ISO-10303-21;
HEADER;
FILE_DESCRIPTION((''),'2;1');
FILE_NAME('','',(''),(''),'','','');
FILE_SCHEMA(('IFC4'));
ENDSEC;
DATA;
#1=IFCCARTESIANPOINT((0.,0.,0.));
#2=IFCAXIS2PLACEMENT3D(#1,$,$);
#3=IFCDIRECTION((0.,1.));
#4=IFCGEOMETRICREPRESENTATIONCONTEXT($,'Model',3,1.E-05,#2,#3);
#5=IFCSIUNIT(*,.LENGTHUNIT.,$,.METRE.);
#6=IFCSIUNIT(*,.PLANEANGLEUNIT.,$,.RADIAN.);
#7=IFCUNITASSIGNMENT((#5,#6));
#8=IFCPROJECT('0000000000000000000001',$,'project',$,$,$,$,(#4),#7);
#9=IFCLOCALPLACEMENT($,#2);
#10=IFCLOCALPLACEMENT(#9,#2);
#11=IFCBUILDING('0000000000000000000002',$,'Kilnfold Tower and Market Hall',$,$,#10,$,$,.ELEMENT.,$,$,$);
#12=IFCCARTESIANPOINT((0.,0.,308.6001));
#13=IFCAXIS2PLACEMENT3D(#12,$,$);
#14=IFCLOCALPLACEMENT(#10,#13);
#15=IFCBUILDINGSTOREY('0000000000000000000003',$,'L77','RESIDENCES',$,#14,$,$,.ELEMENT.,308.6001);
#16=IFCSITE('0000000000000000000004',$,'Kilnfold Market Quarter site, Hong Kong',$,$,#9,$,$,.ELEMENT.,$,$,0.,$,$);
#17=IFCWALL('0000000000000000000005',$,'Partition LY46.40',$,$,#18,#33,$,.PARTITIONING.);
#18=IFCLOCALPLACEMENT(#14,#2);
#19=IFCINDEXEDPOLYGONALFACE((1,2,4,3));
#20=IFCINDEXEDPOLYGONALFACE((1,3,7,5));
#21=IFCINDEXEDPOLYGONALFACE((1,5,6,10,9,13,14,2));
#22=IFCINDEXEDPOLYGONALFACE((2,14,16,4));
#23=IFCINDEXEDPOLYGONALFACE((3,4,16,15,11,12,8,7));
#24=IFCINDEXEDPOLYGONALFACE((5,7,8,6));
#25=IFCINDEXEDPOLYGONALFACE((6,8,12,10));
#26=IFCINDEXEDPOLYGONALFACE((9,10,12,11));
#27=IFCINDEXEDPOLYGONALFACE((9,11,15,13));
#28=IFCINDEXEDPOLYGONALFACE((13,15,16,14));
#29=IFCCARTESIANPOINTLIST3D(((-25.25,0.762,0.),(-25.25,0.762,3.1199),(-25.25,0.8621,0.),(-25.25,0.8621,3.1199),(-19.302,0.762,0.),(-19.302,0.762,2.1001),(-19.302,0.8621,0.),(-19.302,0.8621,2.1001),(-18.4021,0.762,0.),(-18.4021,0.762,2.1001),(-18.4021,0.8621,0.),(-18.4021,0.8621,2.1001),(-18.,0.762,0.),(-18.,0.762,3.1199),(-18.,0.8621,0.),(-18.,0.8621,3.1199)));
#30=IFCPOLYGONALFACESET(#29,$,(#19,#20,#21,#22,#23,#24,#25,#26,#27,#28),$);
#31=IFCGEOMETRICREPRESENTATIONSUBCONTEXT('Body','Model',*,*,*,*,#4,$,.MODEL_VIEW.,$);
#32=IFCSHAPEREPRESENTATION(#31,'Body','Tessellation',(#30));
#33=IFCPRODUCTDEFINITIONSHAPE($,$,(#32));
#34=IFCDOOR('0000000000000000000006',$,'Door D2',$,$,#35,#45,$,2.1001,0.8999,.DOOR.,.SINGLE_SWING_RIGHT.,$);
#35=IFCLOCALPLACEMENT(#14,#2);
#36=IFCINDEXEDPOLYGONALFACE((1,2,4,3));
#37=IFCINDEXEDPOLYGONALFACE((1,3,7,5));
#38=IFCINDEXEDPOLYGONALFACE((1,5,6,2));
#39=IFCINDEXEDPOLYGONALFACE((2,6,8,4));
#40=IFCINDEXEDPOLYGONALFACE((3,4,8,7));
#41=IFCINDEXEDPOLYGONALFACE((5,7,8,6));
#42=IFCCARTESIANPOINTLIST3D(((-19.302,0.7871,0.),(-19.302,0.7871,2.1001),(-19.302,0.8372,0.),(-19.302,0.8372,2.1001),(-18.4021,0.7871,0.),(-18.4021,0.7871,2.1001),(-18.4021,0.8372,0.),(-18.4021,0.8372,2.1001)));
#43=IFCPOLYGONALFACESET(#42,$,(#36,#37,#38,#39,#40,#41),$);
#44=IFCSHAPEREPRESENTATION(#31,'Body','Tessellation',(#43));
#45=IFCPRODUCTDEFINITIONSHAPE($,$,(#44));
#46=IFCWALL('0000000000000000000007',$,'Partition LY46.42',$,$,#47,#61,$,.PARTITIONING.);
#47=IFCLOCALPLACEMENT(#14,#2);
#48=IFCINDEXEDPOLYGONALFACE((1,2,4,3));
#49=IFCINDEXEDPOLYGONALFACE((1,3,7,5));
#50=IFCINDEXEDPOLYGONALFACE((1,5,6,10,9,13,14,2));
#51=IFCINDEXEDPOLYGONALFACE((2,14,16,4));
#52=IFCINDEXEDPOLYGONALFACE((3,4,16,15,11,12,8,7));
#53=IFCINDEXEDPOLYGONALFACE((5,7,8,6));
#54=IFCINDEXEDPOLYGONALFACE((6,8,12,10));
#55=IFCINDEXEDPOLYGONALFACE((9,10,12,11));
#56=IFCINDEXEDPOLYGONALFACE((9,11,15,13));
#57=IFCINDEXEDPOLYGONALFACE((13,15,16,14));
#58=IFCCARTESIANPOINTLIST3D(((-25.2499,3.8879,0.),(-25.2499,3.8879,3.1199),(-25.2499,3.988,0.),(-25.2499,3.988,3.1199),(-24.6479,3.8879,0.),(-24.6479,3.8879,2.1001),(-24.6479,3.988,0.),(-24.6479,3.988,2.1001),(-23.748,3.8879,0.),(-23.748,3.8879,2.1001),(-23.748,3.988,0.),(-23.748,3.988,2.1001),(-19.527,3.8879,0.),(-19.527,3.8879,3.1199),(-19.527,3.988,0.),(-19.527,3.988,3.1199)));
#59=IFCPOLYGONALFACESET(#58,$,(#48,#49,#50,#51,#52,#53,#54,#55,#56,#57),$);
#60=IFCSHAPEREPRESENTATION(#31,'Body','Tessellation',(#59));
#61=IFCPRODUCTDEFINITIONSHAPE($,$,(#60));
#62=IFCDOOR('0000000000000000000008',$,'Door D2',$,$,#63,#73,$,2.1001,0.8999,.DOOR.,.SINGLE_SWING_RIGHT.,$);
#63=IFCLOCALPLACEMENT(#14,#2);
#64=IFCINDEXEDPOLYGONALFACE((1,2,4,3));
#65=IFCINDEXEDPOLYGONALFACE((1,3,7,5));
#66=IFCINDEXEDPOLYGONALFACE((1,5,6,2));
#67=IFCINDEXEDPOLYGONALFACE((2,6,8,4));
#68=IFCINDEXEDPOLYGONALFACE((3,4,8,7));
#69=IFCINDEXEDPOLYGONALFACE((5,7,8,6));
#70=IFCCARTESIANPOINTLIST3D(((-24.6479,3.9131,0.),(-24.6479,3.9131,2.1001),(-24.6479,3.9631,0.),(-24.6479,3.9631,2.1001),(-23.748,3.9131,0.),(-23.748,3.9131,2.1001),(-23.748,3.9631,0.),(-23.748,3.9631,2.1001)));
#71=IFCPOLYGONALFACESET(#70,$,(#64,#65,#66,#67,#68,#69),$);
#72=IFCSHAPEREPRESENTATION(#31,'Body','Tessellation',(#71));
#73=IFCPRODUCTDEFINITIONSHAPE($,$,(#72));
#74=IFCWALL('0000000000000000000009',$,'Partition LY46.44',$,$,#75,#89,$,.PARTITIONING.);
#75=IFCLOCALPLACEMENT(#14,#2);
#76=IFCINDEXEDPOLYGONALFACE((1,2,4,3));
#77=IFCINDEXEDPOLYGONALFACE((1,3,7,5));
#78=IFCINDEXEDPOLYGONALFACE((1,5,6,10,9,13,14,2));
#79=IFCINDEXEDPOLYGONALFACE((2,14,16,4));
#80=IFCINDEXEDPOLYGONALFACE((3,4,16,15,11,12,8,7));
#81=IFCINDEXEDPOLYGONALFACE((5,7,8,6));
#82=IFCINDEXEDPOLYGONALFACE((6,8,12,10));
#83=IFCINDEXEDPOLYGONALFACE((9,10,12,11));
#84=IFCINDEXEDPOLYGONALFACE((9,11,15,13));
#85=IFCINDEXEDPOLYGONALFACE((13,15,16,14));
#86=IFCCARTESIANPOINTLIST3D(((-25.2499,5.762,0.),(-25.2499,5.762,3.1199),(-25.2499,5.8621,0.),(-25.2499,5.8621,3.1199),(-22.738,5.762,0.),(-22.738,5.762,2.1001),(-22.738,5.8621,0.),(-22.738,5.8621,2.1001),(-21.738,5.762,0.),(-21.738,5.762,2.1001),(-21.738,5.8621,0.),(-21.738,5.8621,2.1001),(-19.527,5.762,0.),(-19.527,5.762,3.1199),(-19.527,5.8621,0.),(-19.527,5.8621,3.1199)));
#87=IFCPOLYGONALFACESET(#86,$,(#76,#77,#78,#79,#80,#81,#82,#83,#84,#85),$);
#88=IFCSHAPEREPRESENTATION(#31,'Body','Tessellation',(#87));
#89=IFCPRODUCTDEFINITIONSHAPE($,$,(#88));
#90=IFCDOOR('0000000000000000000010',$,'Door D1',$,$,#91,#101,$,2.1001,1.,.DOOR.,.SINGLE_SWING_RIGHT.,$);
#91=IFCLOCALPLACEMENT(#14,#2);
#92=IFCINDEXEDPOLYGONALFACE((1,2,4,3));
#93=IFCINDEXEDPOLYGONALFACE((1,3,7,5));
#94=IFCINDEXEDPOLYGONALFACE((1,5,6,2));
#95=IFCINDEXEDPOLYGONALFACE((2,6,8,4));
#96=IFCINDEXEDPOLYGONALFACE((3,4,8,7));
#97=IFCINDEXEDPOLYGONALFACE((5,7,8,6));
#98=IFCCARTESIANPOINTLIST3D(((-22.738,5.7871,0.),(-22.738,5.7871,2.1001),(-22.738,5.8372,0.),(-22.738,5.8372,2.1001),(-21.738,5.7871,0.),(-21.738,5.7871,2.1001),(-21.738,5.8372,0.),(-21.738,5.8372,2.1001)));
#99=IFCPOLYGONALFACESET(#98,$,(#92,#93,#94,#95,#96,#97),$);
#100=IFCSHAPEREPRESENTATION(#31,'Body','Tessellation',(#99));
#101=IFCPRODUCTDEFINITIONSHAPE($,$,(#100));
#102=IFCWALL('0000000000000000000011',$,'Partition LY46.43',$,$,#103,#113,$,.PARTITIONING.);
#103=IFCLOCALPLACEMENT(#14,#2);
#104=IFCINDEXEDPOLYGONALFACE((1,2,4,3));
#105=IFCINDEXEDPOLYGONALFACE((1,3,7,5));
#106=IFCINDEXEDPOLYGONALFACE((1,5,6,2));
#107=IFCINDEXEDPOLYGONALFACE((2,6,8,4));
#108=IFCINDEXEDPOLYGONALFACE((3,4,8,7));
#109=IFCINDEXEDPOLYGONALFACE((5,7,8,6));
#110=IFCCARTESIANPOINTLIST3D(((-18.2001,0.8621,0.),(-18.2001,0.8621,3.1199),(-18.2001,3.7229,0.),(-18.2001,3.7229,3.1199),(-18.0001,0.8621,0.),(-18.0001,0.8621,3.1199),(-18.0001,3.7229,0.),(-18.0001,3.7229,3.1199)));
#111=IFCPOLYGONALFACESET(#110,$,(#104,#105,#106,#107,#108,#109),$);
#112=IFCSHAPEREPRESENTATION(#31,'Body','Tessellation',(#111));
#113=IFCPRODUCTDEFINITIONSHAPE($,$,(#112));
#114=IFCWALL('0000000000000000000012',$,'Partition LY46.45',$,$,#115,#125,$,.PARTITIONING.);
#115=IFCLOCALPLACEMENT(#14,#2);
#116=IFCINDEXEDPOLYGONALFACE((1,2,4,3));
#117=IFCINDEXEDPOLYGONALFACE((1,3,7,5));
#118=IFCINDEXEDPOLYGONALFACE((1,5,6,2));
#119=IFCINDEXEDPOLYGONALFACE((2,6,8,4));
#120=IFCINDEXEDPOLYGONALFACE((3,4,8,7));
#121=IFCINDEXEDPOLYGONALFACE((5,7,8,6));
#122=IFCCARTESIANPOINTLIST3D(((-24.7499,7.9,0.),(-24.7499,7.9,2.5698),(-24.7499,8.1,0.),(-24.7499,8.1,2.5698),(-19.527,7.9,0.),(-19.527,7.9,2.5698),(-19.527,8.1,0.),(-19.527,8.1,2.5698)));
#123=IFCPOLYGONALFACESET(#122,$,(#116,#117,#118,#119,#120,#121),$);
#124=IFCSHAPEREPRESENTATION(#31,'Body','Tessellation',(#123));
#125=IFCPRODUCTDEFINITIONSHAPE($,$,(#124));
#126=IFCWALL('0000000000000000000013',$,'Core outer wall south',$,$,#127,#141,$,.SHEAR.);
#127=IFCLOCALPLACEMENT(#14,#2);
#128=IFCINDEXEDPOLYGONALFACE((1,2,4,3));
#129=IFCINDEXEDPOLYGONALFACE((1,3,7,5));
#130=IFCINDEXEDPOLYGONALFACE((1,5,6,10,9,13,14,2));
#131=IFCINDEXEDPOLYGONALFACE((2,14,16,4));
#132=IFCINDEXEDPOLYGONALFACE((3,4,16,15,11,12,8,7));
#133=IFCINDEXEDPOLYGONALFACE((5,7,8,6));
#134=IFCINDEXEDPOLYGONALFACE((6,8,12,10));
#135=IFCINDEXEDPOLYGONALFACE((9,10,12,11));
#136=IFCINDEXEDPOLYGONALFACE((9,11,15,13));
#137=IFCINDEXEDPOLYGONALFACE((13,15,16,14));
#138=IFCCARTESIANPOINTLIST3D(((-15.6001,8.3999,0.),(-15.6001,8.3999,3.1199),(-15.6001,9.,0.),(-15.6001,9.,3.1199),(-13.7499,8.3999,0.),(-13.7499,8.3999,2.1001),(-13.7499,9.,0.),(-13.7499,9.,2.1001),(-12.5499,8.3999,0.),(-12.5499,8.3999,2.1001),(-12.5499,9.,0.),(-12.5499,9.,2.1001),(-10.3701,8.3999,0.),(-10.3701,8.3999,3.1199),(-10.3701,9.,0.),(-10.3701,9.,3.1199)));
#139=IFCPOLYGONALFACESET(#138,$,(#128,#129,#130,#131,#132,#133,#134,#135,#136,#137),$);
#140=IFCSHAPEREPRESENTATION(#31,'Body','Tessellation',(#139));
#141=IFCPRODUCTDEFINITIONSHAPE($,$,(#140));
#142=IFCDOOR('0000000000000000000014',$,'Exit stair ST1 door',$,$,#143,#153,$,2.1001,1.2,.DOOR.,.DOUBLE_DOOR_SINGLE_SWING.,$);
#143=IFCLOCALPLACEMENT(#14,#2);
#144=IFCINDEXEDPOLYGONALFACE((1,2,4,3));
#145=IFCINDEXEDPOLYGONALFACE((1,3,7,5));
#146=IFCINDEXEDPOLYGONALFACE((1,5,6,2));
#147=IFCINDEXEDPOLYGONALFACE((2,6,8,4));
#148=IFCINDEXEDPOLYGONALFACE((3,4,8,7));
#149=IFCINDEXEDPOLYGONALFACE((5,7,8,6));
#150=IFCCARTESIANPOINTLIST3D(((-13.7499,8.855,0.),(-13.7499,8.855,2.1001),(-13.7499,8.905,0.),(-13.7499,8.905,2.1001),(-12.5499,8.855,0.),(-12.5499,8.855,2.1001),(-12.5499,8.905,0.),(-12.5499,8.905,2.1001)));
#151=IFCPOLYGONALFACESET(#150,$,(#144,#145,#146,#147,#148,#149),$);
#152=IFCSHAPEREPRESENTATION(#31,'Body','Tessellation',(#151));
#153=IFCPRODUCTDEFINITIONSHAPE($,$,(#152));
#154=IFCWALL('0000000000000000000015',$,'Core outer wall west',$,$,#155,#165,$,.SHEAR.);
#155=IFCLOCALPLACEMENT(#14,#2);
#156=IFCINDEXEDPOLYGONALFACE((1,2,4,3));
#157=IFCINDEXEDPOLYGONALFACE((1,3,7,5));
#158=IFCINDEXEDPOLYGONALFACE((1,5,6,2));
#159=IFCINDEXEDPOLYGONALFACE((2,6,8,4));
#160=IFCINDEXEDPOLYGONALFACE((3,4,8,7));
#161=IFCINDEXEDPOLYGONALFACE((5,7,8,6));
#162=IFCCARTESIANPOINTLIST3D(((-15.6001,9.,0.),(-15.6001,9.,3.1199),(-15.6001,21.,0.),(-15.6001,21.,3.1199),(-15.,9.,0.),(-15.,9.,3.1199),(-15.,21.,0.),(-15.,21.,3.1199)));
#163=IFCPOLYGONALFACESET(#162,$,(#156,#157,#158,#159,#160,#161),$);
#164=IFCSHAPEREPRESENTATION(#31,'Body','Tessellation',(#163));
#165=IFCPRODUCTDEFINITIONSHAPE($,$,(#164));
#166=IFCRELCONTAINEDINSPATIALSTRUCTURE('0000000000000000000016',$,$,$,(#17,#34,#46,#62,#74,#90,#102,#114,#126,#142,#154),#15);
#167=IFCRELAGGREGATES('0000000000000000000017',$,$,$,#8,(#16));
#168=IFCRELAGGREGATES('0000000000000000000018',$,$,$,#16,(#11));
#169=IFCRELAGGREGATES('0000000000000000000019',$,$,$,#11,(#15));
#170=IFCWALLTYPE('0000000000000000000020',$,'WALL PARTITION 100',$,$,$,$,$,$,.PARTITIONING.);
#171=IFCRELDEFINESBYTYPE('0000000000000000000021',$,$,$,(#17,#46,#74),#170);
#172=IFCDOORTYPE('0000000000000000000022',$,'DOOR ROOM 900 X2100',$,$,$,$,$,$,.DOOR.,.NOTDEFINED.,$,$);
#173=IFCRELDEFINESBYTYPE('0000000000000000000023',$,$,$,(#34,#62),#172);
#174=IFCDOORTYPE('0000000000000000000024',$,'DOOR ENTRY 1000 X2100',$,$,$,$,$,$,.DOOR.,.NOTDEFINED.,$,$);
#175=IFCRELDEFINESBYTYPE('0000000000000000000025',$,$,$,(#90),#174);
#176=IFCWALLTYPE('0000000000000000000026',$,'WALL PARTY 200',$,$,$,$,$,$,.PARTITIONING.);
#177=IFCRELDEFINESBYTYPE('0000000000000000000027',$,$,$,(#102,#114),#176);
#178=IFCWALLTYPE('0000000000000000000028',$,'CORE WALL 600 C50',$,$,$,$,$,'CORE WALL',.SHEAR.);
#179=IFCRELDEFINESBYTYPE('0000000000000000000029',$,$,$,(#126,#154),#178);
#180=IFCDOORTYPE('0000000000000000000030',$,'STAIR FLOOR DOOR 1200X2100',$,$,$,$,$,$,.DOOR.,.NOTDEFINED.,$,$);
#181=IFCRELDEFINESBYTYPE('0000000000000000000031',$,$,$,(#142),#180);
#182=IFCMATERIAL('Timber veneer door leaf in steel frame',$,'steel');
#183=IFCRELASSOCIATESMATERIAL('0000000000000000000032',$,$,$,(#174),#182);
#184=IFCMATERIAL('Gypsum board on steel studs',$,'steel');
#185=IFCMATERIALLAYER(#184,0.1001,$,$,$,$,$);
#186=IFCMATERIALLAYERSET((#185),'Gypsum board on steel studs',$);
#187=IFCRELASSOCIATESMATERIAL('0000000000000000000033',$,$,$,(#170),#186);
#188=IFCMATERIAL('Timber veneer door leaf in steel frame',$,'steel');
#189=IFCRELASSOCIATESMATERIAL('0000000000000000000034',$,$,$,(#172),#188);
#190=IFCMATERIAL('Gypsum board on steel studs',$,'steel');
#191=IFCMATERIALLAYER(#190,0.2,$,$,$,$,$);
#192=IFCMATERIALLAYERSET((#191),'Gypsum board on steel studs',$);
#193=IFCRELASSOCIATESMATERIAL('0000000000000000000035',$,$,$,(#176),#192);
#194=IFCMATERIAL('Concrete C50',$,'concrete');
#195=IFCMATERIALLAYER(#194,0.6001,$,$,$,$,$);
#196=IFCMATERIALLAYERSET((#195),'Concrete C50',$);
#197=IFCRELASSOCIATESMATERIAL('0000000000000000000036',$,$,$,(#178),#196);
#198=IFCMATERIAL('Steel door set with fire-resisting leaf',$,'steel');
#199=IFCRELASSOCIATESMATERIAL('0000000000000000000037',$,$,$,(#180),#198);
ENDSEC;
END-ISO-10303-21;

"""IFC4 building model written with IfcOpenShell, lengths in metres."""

from ifc_helpers import new_model, si_unit, direction, frame, frame_2d, origin, place, context, subcontext, project, spatial, rectangle, extrude, source, transform, mapped, material, layer, layer_set, type_object, element, fill, save


model = new_model("IFC4")

# Units and contexts
model_context = context("Model", 3, precision=1e-05, world=origin(), true_north=direction((0.0, 1.0)))
body_context = subcontext(model_context, "Body", "Model", "MODEL_VIEW")
ifc_project = project(units=[si_unit("LENGTHUNIT", "METRE"), si_unit("PLANEANGLEUNIT", "RADIAN")], contexts=[model_context])

# Site, building, storey
site_placement = place(None, origin())
site = spatial("IfcSite", under=ifc_project, at=site_placement, Name="Kilnfold Market Quarter site, Hong Kong", CompositionType="ELEMENT", RefElevation=0.0)
building_placement = place(site_placement, origin())
building = spatial("IfcBuilding", under=site, at=building_placement, Name="Kilnfold Tower and Market Hall", CompositionType="ELEMENT")
storey_placement = place(building_placement, frame((0.0, 0.0, 308.6001)))
storey = spatial("IfcBuildingStorey", under=building, at=storey_placement, Name="L77", Description="RESIDENCES", CompositionType="ELEMENT", Elevation=308.6001)

# Shared definitions
ifc_material_1 = material(Name="Timber veneer door leaf in steel frame", Category="steel")
door_type_1 = type_object("IfcDoorType", Name="DOOR ENTRY 1000 X2100", OperationType="NOTDEFINED", PredefinedType="DOOR", material=ifc_material_1)

# Walls, openings, doors
ifc_material_2 = material(Name="Gypsum board on steel studs", Category="steel")
ifc_layer_1 = layer(ifc_material_2, 0.1001)
ifc_layer_set_1 = layer_set([ifc_layer_1], Name="Gypsum board on steel studs")
wall_type_1 = type_object("IfcWallType", Name="WALL PARTITION 100", PredefinedType="PARTITIONING", material=ifc_layer_set_1)
wall_1_placement = place(storey_placement, frame((-18.0, 0.812, 0.0), z_axis=(0.0, 0.0, 1.0), x_axis=(-1.0, 0.0, 0.0)))
wall_1 = element("IfcWall", 1, at=wall_1_placement, inside=storey, type_object=wall_type_1, Name="Partition LY46.40", PredefinedType="PARTITIONING", context=body_context, shape_type="SweptSolid", body=[
    extrude(rectangle(XDim=7.25, YDim=0.1001, at=frame_2d((3.625, 0.0))), origin(), (0.0, 0.0, 1.0), 3.1199),
])
opening_1_placement = place(wall_1_placement, frame((0.4021, 0.0, 0.0)))
opening_1 = element("IfcOpeningElement", 2, at=opening_1_placement, cuts=wall_1, PredefinedType="OPENING", context=body_context, shape_type="SweptSolid", body=[
    extrude(rectangle(XDim=0.8999, YDim=2.1001, at=frame_2d((0.45, 1.05))), frame((0.0, 0.0601, 0.0), z_axis=(0.0, -1.0, 0.0), x_axis=(1.0, 0.0, 0.0)), (0.0, 0.0, 1.0), 0.1201),
])
ifc_material_3 = material(Name="Timber veneer door leaf in steel frame", Category="steel")
door_type_2 = type_object("IfcDoorType", Name="DOOR ROOM 900 X2100", OperationType="NOTDEFINED", PredefinedType="DOOR", material=ifc_material_3)
door_1_placement = place(opening_1_placement, origin())
door_1 = element("IfcDoor", 3, at=door_1_placement, inside=storey, type_object=door_type_2, Name="Door D2", OperationType="SINGLE_SWING_RIGHT", OverallHeight=2.1001, OverallWidth=0.8999, PredefinedType="DOOR", context=body_context, shape_type="SweptSolid", body=[
    extrude(rectangle(XDim=0.8999, YDim=2.1001, at=frame_2d((0.45, 1.05))), frame((0.0, 0.0249, 0.0), z_axis=(0.0, -1.0, 0.0), x_axis=(1.0, 0.0, 0.0)), (0.0, 0.0, 1.0), 0.05),
])
fill(opening_1, door_1)
wall_2_placement = place(storey_placement, frame((-19.5271, 3.938, 0.0), z_axis=(0.0, 0.0, 1.0), x_axis=(-1.0, 0.0, 0.0)))
wall_2 = element("IfcWall", 4, at=wall_2_placement, inside=storey, type_object=wall_type_1, Name="Partition LY46.42", PredefinedType="PARTITIONING", context=body_context, shape_type="SweptSolid", body=[
    extrude(rectangle(XDim=5.7229, YDim=0.1001, at=frame_2d((2.8613, 0.0))), origin(), (0.0, 0.0, 1.0), 3.1199),
])
opening_2_placement = place(wall_2_placement, frame((4.2209, 0.0, 0.0)))
opening_2 = element("IfcOpeningElement", 5, at=opening_2_placement, cuts=wall_2, PredefinedType="OPENING", context=body_context, shape_type="SweptSolid", body=[
    extrude(rectangle(XDim=0.8999, YDim=2.1001, at=frame_2d((0.45, 1.05))), frame((0.0, 0.0601, 0.0), z_axis=(0.0, -1.0, 0.0), x_axis=(1.0, 0.0, 0.0)), (0.0, 0.0, 1.0), 0.1201),
])
door_2_placement = place(opening_2_placement, origin())
door_2 = element("IfcDoor", 6, at=door_2_placement, inside=storey, type_object=door_type_2, Name="Door D2", OperationType="SINGLE_SWING_RIGHT", OverallHeight=2.1001, OverallWidth=0.8999, PredefinedType="DOOR", context=body_context, shape_type="SweptSolid", body=[
    extrude(rectangle(XDim=0.8999, YDim=2.1001, at=frame_2d((0.45, 1.05))), frame((0.0, 0.0249, 0.0), z_axis=(0.0, -1.0, 0.0), x_axis=(1.0, 0.0, 0.0)), (0.0, 0.0, 1.0), 0.05),
])
fill(opening_2, door_2)
wall_3_placement = place(storey_placement, frame((-19.5271, 5.812, 0.0), z_axis=(0.0, 0.0, 1.0), x_axis=(-1.0, 0.0, 0.0)))
wall_3 = element("IfcWall", 7, at=wall_3_placement, inside=storey, type_object=wall_type_1, Name="Partition LY46.44", PredefinedType="PARTITIONING", context=body_context, shape_type="SweptSolid", body=[
    extrude(rectangle(XDim=5.7229, YDim=0.1001, at=frame_2d((2.8613, 0.0))), origin(), (0.0, 0.0, 1.0), 3.1199),
])
opening_3_placement = place(wall_3_placement, frame((2.2109, 0.0, 0.0)))
opening_3 = element("IfcOpeningElement", 8, at=opening_3_placement, cuts=wall_3, PredefinedType="OPENING", context=body_context, shape_type="SweptSolid", body=[
    extrude(rectangle(XDim=1.0, YDim=2.1001, at=frame_2d((0.5, 1.05))), frame((0.0, 0.0601, 0.0), z_axis=(0.0, -1.0, 0.0), x_axis=(1.0, 0.0, 0.0)), (0.0, 0.0, 1.0), 0.1201),
])
door_3_placement = place(opening_3_placement, origin())
door_3 = element("IfcDoor", 9, at=door_3_placement, inside=storey, type_object=door_type_1, Name="Door D1", OperationType="SINGLE_SWING_RIGHT", OverallHeight=2.1001, OverallWidth=1.0, PredefinedType="DOOR", context=body_context, shape_type="SweptSolid", body=[
    extrude(rectangle(XDim=1.0, YDim=2.1001, at=frame_2d((0.5, 1.05))), frame((0.0, 0.0249, 0.0), z_axis=(0.0, -1.0, 0.0), x_axis=(1.0, 0.0, 0.0)), (0.0, 0.0, 1.0), 0.05),
])
fill(opening_3, door_3)

# Walls
ifc_material_4 = material(Name="Gypsum board on steel studs", Category="steel")
ifc_layer_2 = layer(ifc_material_4, 0.2)
ifc_layer_set_2 = layer_set([ifc_layer_2], Name="Gypsum board on steel studs")
wall_type_2 = type_object("IfcWallType", Name="WALL PARTY 200", PredefinedType="PARTITIONING", material=ifc_layer_set_2)
wall_4_placement = place(storey_placement, frame((-18.1001, 0.8621, 0.0), z_axis=(0.0, 0.0, 1.0), x_axis=(0.0, 1.0, 0.0)))
element("IfcWall", 10, at=wall_4_placement, inside=storey, type_object=wall_type_2, Name="Partition LY46.43", PredefinedType="PARTITIONING", context=body_context, shape_type="SweptSolid", body=[
    extrude(rectangle(XDim=2.8608, YDim=0.2, at=frame_2d((1.4304, 0.0))), origin(), (0.0, 0.0, 1.0), 3.1199),
])
wall_5_placement = place(storey_placement, frame((-19.5271, 8.0, 0.0), z_axis=(0.0, 0.0, 1.0), x_axis=(-1.0, 0.0, 0.0)))
element("IfcWall", 11, at=wall_5_placement, inside=storey, type_object=wall_type_2, Name="Partition LY46.45", PredefinedType="PARTITIONING", context=body_context, shape_type="SweptSolid", body=[
    extrude(rectangle(XDim=5.2229, YDim=0.2, at=frame_2d((2.6113, 0.0))), origin(), (0.0, 0.0, 1.0), 2.5698),
])

# Wall, opening, door
ifc_material_5 = material(Name="Concrete C50", Category="concrete")
ifc_layer_3 = layer(ifc_material_5, 0.6001)
ifc_layer_set_3 = layer_set([ifc_layer_3], Name="Concrete C50")
wall_type_3 = type_object("IfcWallType", Name="CORE WALL 600 C50", ElementType="CORE WALL", PredefinedType="SHEAR", material=ifc_layer_set_3)
shared_shape_1 = source(origin(), body_context, "Body", "SweptSolid", [
    extrude(rectangle(XDim=5.23, YDim=0.6001, at=frame_2d((2.615, 0.0))), origin(), (0.0, 0.0, 1.0), 3.1199),
])
wall_6_placement = place(storey_placement, frame((-15.6001, 8.7, 0.0), z_axis=(0.0, 0.0, 1.0), x_axis=(1.0, 0.0, 0.0)))
wall_6 = element("IfcWall", 12, at=wall_6_placement, inside=storey, type_object=wall_type_3, Name="Core outer wall south", PredefinedType="SHEAR", context=body_context, shape_type="MappedRepresentation", body=[
    mapped(shared_shape_1, transform((0.0, 0.0, 0.0))),
])
opening_4_placement = place(wall_6_placement, frame((1.8501, 0.0, 0.0)))
opening_4 = element("IfcOpeningElement", 13, at=opening_4_placement, cuts=wall_6, PredefinedType="OPENING", context=body_context, shape_type="SweptSolid", body=[
    extrude(rectangle(XDim=1.2, YDim=2.1001, at=frame_2d((0.6001, 1.05))), frame((0.0, 0.3101, 0.0), z_axis=(0.0, -1.0, 0.0), x_axis=(1.0, 0.0, 0.0)), (0.0, 0.0, 1.0), 0.6201),
])
ifc_material_6 = material(Name="Steel door set with fire-resisting leaf", Category="steel")
door_type_3 = type_object("IfcDoorType", Name="STAIR FLOOR DOOR 1200X2100", OperationType="NOTDEFINED", PredefinedType="DOOR", material=ifc_material_6)
door_4_placement = place(opening_4_placement, origin())
door_4 = element("IfcDoor", 14, at=door_4_placement, inside=storey, type_object=door_type_3, Name="Exit stair ST1 door", OperationType="DOUBLE_DOOR_SINGLE_SWING", OverallHeight=2.1001, OverallWidth=1.2, PredefinedType="DOOR", context=body_context, shape_type="SweptSolid", body=[
    extrude(rectangle(XDim=1.2, YDim=2.1001, at=frame_2d((0.6001, 1.05))), frame((0.0, 0.2051, 0.0), z_axis=(0.0, -1.0, 0.0), x_axis=(1.0, 0.0, 0.0)), (0.0, 0.0, 1.0), 0.05),
])
fill(opening_4, door_4)

# Wall
shared_shape_2 = source(origin(), body_context, "Body", "SweptSolid", [
    extrude(rectangle(XDim=12.0, YDim=0.6001, at=frame_2d((6.0, 0.0))), origin(), (0.0, 0.0, 1.0), 3.1199),
])
wall_7_placement = place(storey_placement, frame((-15.3, 9.0, 0.0), z_axis=(0.0, 0.0, 1.0), x_axis=(0.0, 1.0, 0.0)))
element("IfcWall", 15, at=wall_7_placement, inside=storey, type_object=wall_type_3, Name="Core outer wall west", PredefinedType="SHEAR", context=body_context, shape_type="MappedRepresentation", body=[
    mapped(shared_shape_2, transform((0.0, 0.0, 0.0))),
])

save(model, "model.ifc")
